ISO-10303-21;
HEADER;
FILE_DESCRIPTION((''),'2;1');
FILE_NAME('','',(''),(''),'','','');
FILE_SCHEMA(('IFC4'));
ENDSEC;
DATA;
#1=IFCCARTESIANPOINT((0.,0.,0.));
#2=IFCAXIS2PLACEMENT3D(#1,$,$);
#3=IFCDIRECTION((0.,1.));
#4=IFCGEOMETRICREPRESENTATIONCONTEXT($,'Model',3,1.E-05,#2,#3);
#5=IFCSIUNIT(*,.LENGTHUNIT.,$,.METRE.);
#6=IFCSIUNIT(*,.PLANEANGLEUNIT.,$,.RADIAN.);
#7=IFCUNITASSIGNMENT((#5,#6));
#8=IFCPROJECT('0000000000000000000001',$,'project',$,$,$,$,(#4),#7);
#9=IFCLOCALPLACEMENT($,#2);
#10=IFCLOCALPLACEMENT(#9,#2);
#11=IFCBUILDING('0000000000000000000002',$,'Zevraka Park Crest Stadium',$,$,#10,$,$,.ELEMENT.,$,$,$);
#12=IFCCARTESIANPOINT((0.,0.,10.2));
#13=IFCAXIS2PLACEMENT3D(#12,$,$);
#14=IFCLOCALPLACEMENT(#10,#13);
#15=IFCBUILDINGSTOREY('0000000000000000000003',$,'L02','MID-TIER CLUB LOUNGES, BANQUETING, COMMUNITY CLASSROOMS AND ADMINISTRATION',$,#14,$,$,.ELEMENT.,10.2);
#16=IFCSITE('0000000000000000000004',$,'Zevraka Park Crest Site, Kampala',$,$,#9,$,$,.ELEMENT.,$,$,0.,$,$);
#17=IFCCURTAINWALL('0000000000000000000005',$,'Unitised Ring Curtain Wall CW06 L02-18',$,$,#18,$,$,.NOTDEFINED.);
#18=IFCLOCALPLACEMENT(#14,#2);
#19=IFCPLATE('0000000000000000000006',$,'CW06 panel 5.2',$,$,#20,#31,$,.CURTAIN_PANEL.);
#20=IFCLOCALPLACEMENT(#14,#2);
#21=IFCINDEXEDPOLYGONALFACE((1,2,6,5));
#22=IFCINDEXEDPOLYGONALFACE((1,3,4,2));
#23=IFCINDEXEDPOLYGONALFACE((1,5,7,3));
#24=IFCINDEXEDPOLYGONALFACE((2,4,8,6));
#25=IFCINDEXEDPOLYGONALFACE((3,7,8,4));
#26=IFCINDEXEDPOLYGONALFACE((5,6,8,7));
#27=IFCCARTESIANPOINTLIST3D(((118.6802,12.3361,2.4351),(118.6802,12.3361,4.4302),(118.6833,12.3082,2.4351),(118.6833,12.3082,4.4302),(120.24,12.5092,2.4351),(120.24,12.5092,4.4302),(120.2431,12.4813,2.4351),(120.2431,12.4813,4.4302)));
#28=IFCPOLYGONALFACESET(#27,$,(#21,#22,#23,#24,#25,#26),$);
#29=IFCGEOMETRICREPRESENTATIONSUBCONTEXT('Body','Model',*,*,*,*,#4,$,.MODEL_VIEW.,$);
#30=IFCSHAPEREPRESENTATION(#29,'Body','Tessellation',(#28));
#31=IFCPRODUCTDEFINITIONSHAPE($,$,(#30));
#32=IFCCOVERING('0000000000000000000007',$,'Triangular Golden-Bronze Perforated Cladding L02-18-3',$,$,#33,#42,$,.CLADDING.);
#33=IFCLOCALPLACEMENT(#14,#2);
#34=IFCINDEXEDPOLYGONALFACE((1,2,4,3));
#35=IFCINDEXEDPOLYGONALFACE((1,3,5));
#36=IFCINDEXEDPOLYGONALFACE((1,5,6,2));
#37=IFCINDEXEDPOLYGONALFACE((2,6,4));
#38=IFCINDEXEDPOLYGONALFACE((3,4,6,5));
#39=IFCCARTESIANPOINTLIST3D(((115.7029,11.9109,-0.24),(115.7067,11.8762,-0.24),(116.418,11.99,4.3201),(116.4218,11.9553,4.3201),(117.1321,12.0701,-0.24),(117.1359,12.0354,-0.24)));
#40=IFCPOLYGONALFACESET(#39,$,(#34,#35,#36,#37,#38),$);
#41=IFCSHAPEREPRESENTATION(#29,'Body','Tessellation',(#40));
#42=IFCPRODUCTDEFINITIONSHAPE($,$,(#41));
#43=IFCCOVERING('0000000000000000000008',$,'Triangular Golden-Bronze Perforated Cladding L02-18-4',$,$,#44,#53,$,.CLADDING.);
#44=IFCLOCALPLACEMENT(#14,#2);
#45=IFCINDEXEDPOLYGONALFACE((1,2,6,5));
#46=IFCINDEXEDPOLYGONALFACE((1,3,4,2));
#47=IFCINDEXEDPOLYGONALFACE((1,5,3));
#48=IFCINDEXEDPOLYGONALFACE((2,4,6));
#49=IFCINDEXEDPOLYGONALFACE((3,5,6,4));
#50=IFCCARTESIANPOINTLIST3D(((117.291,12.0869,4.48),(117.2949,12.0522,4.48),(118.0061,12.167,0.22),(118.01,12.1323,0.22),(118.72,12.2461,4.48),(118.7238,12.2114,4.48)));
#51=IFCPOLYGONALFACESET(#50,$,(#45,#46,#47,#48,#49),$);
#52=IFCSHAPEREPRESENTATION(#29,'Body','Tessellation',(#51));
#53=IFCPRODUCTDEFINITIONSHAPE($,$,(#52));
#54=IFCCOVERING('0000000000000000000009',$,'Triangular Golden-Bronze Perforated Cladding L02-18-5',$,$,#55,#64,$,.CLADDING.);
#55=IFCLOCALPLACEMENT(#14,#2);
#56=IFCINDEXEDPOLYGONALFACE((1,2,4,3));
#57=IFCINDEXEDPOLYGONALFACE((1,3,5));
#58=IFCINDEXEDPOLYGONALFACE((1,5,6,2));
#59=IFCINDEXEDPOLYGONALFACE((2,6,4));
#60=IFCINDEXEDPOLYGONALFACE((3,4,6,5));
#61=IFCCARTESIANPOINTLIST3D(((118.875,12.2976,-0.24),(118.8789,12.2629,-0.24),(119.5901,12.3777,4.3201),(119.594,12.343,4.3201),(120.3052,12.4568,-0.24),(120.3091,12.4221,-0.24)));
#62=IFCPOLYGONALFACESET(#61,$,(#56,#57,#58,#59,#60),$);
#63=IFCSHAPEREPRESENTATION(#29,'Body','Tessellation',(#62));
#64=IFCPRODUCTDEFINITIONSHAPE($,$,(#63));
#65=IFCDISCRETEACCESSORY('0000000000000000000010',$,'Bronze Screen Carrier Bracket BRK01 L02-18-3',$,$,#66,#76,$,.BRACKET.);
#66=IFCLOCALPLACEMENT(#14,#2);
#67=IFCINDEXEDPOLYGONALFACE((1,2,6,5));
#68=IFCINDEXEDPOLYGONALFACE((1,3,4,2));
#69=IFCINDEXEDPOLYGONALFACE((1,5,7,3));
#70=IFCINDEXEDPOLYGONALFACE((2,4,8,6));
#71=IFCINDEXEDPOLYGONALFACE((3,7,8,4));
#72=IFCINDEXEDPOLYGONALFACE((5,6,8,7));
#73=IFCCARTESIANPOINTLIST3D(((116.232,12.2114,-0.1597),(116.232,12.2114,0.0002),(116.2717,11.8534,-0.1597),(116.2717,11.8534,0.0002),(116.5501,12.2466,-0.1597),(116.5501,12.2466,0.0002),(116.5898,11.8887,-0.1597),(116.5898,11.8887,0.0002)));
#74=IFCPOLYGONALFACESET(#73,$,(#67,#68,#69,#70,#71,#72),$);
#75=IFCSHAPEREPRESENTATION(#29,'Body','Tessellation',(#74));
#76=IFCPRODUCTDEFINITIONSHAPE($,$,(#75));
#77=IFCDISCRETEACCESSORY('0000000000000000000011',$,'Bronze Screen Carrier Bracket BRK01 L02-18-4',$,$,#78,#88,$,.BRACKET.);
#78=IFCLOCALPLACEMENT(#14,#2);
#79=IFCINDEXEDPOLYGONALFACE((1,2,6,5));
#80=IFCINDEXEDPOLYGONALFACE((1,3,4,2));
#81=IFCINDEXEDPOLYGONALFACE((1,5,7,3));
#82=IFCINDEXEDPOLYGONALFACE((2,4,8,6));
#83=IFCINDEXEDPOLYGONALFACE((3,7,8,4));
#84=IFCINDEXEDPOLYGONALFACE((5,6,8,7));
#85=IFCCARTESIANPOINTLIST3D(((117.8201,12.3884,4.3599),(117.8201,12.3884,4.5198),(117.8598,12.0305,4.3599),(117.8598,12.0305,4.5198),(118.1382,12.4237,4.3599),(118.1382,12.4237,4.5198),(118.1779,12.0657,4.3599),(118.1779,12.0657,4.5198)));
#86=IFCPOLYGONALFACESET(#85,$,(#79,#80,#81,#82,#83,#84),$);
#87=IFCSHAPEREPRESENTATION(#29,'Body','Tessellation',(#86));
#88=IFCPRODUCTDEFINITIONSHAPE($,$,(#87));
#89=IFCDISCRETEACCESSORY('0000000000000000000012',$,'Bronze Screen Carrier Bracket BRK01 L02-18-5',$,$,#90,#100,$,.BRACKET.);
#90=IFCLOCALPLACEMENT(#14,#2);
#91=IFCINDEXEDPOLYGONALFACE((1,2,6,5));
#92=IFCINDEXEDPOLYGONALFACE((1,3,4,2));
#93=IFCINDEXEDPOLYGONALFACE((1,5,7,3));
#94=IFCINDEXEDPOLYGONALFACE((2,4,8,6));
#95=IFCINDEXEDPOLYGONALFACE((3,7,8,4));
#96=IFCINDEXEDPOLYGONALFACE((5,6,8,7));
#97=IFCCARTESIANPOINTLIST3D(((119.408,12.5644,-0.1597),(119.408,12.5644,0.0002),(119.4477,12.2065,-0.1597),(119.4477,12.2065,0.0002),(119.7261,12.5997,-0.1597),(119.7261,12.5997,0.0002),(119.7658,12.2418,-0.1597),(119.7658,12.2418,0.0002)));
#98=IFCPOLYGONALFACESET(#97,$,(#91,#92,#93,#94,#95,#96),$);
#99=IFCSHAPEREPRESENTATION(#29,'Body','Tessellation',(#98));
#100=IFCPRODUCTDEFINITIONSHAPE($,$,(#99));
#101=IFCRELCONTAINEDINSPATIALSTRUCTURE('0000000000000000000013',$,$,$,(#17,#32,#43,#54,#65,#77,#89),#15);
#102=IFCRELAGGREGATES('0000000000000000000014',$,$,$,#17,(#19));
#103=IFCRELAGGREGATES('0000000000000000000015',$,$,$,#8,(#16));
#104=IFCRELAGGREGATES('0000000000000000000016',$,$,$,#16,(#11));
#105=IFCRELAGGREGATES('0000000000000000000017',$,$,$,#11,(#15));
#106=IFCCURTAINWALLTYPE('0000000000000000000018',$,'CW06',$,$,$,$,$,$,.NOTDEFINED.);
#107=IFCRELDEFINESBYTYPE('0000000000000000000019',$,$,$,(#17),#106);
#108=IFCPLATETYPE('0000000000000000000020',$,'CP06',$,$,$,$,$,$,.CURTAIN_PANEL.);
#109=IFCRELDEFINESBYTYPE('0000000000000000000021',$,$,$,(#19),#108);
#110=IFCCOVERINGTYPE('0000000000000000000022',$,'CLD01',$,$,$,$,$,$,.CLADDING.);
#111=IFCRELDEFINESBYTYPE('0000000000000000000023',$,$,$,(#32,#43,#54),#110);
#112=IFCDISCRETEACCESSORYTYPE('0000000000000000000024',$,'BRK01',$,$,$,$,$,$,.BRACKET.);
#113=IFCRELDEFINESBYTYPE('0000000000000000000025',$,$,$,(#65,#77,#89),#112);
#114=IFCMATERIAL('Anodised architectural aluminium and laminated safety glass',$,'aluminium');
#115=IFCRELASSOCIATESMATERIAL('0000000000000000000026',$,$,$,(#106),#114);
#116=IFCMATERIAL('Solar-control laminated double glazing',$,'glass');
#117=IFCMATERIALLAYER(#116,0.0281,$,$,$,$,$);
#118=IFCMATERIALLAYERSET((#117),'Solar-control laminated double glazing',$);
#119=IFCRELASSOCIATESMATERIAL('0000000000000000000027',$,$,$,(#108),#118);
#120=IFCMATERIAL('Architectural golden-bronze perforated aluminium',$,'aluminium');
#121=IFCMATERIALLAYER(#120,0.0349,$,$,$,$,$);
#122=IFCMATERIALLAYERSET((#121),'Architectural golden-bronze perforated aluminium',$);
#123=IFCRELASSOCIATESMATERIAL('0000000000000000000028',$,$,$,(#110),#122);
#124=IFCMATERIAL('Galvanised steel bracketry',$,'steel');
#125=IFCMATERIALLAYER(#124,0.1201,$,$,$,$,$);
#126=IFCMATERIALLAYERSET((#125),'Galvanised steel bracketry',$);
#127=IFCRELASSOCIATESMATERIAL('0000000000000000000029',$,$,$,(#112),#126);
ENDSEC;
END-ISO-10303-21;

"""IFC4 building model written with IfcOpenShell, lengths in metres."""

from ifc_helpers import new_model, si_unit, direction, frame, origin, origin_2d, place, context, subcontext, project, spatial, polyline, rectangle, outline, extrude, material, layer, layer_set, type_object, element, aggregate, save


model = new_model("IFC4")

# Units and contexts
model_context = context("Model", 3, precision=1e-05, world=origin(), true_north=direction((0.0, 1.0)))
body_context = subcontext(model_context, "Body", "Model", "MODEL_VIEW")
ifc_project = project(units=[si_unit("LENGTHUNIT", "METRE"), si_unit("PLANEANGLEUNIT", "RADIAN")], contexts=[model_context])

# Site, building, storey
site_placement = place(None, origin())
site = spatial("IfcSite", under=ifc_project, at=site_placement, Name="Zevraka Park Crest Site, Kampala", CompositionType="ELEMENT", RefElevation=0.0)
building_placement = place(site_placement, origin())
building = spatial("IfcBuilding", under=site, at=building_placement, Name="Zevraka Park Crest Stadium", CompositionType="ELEMENT")
storey_placement = place(building_placement, frame((0.0, 0.0, 10.2)))
storey = spatial("IfcBuildingStorey", under=building, at=storey_placement, Name="L02", Description="MID-TIER CLUB LOUNGES, BANQUETING, COMMUNITY CLASSROOMS AND ADMINISTRATION", CompositionType="ELEMENT", Elevation=10.2)

# Curtain wall, plate
ifc_material_1 = material(Name="Anodised architectural aluminium and laminated safety glass", Category="aluminium")
curtain_wall_type = type_object("IfcCurtainWallType", Name="CW06", PredefinedType="NOTDEFINED", material=ifc_material_1)
curtain_wall_placement = place(storey_placement, origin())
curtain_wall = element("IfcCurtainWall", 1, at=curtain_wall_placement, inside=storey, type_object=curtain_wall_type, Name="Unitised Ring Curtain Wall CW06 L02-18", PredefinedType="NOTDEFINED")
ifc_material_2 = material(Name="Solar-control laminated double glazing", Category="glass")
ifc_layer_1 = layer(ifc_material_2, 0.0281)
ifc_layer_set_1 = layer_set([ifc_layer_1], Name="Solar-control laminated double glazing")
plate_type = type_object("IfcPlateType", Name="CP06", PredefinedType="CURTAIN_PANEL", material=ifc_layer_set_1)
plate_1_placement = place(storey_placement, frame((119.4617, 12.4087, 2.4351), z_axis=(0.0, 0.0, 1.0), x_axis=(0.993899, 0.110293, 0.0)))
plate_1 = element("IfcPlate", 2, at=plate_1_placement, type_object=plate_type, Name="CW06 panel 5.2", PredefinedType="CURTAIN_PANEL", context=body_context, shape_type="SweptSolid", body=[
    extrude(rectangle(XDim=1.5693, YDim=0.0281, at=origin_2d()), origin(), (0.0, 0.0, 1.0), 1.9951),
])
aggregate(curtain_wall, [plate_1])

# Coverings
ifc_material_3 = material(Name="Architectural golden-bronze perforated aluminium", Category="aluminium")
ifc_layer_2 = layer(ifc_material_3, 0.0349)
ifc_layer_set_2 = layer_set([ifc_layer_2], Name="Architectural golden-bronze perforated aluminium")
covering_type = type_object("IfcCoveringType", Name="CLD01", PredefinedType="CLADDING", material=ifc_layer_set_2)
covering_1_placement = place(storey_placement, frame((115.7029, 11.9109, -0.24), z_axis=(-0.110692, 0.993855, 0.000118), x_axis=(0.993855, 0.110692, 0.0)))
element("IfcCovering", 3, at=covering_1_placement, inside=storey, type_object=covering_type, Name="Triangular Golden-Bronze Perforated Cladding L02-18-3", PredefinedType="CLADDING", context=body_context, shape_type="SweptSolid", body=[
    extrude(outline(polyline([(0.0, 0.0), (1.438, 0.0), (0.7194, -4.5601), (0.0, 0.0)])), origin(), (0.0, 0.0, -1.0), 0.0349),
])
covering_2_placement = place(storey_placement, frame((118.72, 12.2461, 4.48), z_axis=(-0.110711, 0.993853, 0.000098), x_axis=(-0.993853, -0.110711, 0.0)))
element("IfcCovering", 4, at=covering_2_placement, inside=storey, type_object=covering_type, Name="Triangular Golden-Bronze Perforated Cladding L02-18-4", PredefinedType="CLADDING", context=body_context, shape_type="SweptSolid", body=[
    extrude(outline(polyline([(0.0, 0.0), (1.4378, 0.0), (0.7182, -4.26), (0.0, 0.0)])), origin(), (0.0, 0.0, -1.0), 0.0349),
])
covering_3_placement = place(storey_placement, frame((118.8789, 12.2629, -0.24), z_axis=(0.110618, -0.993863, 0.000106), x_axis=(0.993863, 0.110618, 0.0)))
element("IfcCovering", 5, at=covering_3_placement, inside=storey, type_object=covering_type, Name="Triangular Golden-Bronze Perforated Cladding L02-18-5", PredefinedType="CLADDING", context=body_context, shape_type="SweptSolid", body=[
    extrude(outline(polyline([(0.0, 0.0), (1.439, 0.0), (0.7196, 4.5601), (0.0, 0.0)])), origin(), (0.0, 0.0, -1.0), 0.0349),
])

# Discrete accessories
ifc_material_4 = material(Name="Galvanised steel bracketry", Category="steel")
ifc_layer_3 = layer(ifc_material_4, 0.1201)
ifc_layer_set_3 = layer_set([ifc_layer_3], Name="Galvanised steel bracketry")
discrete_accessory_type = type_object("IfcDiscreteAccessoryType", Name="BRK01", PredefinedType="BRACKET", material=ifc_layer_set_3)
for number, where, z_axis, x_axis, name in (
    (6, (116.4109, 12.05, -0.1597), (0.0, 0.0, 1.0), (0.993903, 0.110255, 0.0), "Bronze Screen Carrier Bracket BRK01 L02-18-3"),
    (7, (117.999, 12.2271, 4.3599), (0.0, 0.0, 1.0), (0.993903, 0.110255, 0.0), "Bronze Screen Carrier Bracket BRK01 L02-18-4"),
    (8, (119.5869, 12.4031, -0.1597), (0.0, 0.0, 1.0), (0.993903, 0.110255, 0.0), "Bronze Screen Carrier Bracket BRK01 L02-18-5"),
):
    element("IfcDiscreteAccessory", number, at=place(storey_placement, frame(where, z_axis=z_axis, x_axis=x_axis)), inside=storey, type_object=discrete_accessory_type, Name=name, PredefinedType="BRACKET", context=body_context, shape_type="SweptSolid", body=[
        extrude(rectangle(XDim=0.3201, YDim=0.3601, at=origin_2d()), origin(), (0.0, 0.0, 1.0), 0.1599),
    ])

save(model, "model.ifc")
